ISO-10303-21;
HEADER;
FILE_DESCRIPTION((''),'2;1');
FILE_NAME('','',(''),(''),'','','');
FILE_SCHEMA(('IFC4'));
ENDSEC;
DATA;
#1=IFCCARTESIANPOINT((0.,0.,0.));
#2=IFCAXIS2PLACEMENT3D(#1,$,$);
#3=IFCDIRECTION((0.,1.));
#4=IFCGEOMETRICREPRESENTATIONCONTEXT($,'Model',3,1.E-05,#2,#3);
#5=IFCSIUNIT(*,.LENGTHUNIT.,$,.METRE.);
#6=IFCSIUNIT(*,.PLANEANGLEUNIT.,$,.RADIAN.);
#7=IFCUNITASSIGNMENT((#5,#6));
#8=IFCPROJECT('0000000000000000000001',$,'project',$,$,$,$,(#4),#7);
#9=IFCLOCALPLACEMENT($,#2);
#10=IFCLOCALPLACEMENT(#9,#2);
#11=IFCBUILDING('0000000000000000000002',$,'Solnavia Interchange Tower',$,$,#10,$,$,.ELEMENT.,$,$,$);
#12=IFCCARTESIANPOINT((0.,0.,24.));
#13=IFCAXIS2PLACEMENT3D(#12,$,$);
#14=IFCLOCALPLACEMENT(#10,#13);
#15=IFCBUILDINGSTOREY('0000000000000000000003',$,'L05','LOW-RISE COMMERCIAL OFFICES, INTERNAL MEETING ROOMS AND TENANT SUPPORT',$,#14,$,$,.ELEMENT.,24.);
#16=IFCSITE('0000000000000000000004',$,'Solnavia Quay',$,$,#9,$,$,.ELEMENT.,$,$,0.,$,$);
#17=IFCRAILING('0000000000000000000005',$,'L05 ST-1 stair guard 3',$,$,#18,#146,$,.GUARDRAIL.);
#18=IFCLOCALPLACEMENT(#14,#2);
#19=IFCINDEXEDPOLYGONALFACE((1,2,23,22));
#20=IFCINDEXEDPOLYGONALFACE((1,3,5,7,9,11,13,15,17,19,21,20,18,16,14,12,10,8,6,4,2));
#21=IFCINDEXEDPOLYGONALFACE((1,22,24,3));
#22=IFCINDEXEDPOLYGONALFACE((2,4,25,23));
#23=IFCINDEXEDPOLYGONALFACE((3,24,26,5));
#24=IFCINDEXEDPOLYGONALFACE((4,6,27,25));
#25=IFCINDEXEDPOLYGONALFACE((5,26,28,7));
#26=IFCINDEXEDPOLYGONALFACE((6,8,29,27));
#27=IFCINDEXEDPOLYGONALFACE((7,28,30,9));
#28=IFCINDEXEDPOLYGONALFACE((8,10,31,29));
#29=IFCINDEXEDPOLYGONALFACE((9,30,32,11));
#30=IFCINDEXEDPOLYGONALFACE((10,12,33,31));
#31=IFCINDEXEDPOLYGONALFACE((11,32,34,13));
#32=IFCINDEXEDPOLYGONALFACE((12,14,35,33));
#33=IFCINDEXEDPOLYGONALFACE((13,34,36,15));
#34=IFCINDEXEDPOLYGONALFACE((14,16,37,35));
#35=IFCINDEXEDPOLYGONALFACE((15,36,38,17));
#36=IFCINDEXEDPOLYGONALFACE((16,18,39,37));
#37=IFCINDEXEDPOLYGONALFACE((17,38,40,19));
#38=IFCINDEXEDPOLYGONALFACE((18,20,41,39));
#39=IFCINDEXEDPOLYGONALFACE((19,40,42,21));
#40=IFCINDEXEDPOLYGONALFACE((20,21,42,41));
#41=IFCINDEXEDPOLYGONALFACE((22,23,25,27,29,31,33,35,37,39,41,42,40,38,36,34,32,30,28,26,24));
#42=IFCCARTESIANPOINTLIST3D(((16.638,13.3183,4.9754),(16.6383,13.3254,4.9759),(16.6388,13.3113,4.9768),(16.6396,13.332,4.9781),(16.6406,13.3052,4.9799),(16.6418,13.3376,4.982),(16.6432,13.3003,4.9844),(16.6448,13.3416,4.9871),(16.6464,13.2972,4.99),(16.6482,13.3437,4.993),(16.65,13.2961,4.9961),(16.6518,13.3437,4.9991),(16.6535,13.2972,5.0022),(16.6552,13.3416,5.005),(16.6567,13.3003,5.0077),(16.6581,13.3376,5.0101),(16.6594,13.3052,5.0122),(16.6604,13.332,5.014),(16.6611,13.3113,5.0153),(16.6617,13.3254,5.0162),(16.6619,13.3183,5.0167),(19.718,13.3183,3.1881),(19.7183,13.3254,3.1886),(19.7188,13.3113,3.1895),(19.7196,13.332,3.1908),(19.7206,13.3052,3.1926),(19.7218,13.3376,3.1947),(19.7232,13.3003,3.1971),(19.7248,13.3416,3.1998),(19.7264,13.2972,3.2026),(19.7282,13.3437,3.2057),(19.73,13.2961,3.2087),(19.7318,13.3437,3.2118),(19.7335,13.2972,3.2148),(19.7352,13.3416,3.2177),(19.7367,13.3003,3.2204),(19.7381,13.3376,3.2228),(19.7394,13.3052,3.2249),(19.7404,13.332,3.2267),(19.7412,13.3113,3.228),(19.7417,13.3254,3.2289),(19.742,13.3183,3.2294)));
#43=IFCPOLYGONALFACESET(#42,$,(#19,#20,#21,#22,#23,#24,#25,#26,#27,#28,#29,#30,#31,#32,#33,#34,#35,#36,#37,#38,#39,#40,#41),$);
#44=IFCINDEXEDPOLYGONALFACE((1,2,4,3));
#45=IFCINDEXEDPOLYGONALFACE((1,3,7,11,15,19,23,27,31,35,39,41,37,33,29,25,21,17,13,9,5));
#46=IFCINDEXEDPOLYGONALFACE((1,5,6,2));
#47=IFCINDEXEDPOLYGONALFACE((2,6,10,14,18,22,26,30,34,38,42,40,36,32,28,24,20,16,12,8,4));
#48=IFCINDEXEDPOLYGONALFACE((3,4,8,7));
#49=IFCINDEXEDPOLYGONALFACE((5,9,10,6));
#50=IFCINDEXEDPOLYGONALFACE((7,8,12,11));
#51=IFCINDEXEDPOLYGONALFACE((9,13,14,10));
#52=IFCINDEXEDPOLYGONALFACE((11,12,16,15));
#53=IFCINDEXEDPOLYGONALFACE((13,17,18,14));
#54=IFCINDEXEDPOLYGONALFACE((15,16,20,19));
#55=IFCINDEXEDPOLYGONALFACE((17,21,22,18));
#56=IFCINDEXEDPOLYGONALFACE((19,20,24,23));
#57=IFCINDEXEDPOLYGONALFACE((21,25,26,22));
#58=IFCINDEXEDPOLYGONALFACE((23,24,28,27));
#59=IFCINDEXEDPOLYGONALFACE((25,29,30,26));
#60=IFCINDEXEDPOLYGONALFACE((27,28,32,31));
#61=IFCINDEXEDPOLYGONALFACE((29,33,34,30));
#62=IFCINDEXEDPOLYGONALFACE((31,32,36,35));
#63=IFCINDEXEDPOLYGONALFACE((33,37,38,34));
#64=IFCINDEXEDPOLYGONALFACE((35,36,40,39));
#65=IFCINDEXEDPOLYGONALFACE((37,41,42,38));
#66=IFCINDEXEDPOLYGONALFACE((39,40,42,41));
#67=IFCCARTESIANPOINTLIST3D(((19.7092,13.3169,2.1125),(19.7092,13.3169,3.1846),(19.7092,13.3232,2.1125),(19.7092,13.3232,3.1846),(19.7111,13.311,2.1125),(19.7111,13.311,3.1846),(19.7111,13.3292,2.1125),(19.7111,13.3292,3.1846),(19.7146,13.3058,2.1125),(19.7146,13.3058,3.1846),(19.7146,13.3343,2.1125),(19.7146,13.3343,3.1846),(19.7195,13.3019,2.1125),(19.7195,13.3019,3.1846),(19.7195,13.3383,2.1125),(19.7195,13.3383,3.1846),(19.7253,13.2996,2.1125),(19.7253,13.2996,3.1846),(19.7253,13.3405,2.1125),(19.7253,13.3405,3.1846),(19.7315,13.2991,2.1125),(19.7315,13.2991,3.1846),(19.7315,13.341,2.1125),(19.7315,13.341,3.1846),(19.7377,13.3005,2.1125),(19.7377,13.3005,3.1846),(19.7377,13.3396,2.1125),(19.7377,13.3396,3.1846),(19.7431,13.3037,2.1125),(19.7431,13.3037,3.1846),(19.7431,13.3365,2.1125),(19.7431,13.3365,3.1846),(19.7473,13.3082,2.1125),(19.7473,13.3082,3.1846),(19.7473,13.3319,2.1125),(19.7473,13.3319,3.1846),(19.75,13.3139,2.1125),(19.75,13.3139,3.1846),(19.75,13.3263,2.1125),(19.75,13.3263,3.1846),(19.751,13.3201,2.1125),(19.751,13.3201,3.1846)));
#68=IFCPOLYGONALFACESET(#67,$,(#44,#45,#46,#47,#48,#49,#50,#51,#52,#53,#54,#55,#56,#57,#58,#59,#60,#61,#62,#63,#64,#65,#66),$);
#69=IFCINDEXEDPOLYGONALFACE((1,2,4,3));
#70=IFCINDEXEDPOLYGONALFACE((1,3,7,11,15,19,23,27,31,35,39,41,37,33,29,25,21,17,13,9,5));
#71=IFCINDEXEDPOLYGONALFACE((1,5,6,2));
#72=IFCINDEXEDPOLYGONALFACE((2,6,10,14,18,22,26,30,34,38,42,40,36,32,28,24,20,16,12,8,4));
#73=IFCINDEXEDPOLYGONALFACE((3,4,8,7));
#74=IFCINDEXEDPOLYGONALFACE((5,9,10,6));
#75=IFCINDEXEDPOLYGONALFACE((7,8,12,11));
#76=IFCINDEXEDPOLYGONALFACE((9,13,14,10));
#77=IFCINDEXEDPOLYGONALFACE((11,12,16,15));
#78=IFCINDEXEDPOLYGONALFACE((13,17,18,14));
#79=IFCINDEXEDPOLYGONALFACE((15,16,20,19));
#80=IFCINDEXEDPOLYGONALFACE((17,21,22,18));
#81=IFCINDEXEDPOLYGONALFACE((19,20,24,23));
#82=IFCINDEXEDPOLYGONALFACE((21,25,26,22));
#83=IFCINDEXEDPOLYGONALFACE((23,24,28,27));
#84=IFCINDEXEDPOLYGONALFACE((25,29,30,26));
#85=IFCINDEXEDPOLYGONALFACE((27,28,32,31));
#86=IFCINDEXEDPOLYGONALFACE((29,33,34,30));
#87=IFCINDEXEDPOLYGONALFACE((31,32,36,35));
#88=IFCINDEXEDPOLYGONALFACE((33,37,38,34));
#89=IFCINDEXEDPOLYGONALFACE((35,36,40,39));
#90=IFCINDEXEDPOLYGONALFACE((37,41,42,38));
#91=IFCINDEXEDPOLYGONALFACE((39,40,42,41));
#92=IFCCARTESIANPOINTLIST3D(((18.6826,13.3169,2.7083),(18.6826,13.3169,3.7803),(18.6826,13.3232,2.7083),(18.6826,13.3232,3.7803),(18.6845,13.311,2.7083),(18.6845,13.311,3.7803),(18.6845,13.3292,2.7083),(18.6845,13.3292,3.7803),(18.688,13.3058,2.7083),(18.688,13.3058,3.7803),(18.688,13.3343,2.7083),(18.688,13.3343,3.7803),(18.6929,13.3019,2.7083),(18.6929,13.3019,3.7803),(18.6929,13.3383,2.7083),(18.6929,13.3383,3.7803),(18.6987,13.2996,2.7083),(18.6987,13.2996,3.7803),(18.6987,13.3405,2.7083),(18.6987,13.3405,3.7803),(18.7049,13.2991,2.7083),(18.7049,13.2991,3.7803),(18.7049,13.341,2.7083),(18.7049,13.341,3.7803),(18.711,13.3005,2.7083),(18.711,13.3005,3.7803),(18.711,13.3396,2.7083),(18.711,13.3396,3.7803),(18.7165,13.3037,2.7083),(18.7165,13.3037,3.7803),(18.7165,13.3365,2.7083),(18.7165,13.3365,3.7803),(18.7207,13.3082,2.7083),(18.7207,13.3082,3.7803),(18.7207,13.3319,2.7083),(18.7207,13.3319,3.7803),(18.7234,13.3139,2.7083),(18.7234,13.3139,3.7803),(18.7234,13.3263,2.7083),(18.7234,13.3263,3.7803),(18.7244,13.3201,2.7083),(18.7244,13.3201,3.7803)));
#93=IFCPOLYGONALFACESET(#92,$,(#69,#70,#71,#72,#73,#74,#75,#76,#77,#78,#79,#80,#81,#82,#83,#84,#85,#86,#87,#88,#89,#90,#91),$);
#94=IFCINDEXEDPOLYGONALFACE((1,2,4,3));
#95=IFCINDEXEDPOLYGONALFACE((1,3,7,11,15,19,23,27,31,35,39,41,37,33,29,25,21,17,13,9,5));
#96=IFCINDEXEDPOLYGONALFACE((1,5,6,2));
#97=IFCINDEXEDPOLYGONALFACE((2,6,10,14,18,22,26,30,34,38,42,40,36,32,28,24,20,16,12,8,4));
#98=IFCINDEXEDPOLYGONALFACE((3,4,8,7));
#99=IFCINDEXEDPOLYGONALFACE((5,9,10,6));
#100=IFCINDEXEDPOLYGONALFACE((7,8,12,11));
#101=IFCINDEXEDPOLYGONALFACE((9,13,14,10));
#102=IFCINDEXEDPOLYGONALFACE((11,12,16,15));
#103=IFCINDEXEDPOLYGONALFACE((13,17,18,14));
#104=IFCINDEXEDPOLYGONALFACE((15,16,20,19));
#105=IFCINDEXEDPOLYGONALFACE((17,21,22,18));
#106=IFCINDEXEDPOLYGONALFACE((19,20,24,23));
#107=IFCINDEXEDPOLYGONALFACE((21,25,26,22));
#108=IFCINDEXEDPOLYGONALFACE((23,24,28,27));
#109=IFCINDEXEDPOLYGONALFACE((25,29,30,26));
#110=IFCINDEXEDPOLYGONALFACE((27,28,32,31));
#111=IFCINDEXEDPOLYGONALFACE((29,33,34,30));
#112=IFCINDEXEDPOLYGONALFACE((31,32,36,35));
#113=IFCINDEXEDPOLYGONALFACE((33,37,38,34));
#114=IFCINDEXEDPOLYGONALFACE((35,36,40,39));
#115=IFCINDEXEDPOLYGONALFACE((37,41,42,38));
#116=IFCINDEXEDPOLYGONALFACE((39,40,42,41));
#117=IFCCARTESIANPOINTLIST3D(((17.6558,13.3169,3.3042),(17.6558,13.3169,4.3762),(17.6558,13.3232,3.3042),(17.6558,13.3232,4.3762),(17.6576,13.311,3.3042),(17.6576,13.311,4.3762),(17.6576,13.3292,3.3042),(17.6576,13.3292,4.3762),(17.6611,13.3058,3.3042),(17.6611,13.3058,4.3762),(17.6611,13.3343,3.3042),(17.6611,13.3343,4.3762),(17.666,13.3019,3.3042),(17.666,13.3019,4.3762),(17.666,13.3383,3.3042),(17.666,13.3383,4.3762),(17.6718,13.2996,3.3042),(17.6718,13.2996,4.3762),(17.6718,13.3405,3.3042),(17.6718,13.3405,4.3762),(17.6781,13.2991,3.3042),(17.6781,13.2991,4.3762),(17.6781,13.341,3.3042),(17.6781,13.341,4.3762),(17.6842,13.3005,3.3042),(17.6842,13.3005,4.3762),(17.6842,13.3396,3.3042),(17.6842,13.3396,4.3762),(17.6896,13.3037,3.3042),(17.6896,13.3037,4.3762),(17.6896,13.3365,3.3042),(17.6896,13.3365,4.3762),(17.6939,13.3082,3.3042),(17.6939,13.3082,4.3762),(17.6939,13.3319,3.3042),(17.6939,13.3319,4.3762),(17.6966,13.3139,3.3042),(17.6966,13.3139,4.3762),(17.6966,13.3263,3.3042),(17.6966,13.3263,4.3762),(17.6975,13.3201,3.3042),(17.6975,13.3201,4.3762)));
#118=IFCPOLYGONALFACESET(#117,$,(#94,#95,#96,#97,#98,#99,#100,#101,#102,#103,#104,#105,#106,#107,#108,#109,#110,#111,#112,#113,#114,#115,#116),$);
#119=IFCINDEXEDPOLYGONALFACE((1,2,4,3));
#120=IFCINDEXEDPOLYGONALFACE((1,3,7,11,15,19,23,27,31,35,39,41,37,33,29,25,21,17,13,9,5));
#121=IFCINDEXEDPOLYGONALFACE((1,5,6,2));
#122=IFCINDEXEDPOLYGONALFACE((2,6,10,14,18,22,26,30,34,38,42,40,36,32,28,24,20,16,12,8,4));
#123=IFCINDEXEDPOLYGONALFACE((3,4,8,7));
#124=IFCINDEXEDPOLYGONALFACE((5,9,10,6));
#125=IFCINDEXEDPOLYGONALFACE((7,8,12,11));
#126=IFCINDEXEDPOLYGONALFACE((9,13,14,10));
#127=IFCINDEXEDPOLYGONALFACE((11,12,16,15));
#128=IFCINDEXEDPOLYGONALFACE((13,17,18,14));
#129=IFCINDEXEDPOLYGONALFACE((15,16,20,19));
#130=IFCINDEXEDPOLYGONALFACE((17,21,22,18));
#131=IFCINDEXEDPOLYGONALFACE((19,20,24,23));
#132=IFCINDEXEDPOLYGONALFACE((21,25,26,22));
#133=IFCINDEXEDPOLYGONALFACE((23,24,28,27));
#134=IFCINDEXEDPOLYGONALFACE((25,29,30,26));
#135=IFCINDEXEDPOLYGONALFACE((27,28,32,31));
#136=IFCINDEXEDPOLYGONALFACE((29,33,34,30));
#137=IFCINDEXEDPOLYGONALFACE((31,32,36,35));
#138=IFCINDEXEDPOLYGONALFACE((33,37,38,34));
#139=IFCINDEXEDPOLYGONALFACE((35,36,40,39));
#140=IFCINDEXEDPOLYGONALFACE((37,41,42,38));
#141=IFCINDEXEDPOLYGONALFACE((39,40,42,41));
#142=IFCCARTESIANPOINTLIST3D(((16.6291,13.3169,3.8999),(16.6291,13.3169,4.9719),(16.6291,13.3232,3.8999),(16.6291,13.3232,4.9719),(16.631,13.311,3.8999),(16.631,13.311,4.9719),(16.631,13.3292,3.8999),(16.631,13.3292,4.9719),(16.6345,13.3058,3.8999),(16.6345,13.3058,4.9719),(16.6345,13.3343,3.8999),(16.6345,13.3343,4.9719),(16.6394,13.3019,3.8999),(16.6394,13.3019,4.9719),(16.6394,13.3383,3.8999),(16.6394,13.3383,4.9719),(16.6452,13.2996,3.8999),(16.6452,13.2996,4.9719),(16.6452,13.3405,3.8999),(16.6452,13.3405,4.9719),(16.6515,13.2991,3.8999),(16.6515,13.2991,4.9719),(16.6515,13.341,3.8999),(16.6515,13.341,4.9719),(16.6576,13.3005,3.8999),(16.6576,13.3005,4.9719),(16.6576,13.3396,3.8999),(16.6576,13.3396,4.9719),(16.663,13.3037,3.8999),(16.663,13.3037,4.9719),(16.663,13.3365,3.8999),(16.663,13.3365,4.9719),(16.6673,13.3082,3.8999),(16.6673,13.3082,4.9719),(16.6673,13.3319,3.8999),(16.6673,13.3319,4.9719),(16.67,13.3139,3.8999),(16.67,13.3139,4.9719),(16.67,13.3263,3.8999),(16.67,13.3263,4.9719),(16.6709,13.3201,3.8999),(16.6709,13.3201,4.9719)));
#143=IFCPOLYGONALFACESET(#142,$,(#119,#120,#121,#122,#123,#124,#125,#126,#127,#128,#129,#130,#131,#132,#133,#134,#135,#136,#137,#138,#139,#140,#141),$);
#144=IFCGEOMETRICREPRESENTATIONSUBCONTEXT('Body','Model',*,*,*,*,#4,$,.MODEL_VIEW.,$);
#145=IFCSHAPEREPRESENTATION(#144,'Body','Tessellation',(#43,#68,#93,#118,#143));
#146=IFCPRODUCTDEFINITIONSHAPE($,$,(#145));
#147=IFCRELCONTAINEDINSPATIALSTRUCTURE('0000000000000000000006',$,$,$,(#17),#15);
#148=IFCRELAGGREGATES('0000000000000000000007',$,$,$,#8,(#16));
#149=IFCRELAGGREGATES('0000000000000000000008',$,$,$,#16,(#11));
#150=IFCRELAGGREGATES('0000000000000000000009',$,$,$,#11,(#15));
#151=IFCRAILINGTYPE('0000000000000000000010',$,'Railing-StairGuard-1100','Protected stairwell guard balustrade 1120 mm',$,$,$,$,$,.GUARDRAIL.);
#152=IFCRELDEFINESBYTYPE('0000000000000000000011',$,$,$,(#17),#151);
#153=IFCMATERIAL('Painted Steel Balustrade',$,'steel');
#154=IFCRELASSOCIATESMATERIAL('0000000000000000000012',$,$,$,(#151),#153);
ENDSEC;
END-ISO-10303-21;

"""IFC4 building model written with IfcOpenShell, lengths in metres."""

from ifc_helpers import new_model, si_unit, direction, frame, origin, origin_2d, place, context, subcontext, project, spatial, circle, extrude, material, type_object, element, save


model = new_model("IFC4")

# Units and contexts
model_context = context("Model", 3, precision=1e-05, world=origin(), true_north=direction((0.0, 1.0)))
body_context = subcontext(model_context, "Body", "Model", "MODEL_VIEW")
ifc_project = project(units=[si_unit("LENGTHUNIT", "METRE"), si_unit("PLANEANGLEUNIT", "RADIAN")], contexts=[model_context])

# Site, building, storey
site_placement = place(None, origin())
site = spatial("IfcSite", under=ifc_project, at=site_placement, Name="Solnavia Quay", CompositionType="ELEMENT", RefElevation=0.0)
building_placement = place(site_placement, origin())
building = spatial("IfcBuilding", under=site, at=building_placement, Name="Solnavia Interchange Tower", CompositionType="ELEMENT")
storey_placement = place(building_placement, frame((0.0, 0.0, 24.0)))
storey = spatial("IfcBuildingStorey", under=building, at=storey_placement, Name="L05", Description="LOW-RISE COMMERCIAL OFFICES, INTERNAL MEETING ROOMS AND TENANT SUPPORT", CompositionType="ELEMENT", Elevation=24.0)

# Railing
ifc_material_1 = material(Name="Painted Steel Balustrade", Category="steel")
railing_type_1 = type_object("IfcRailingType", Name="Railing-StairGuard-1100", Description="Protected stairwell guard balustrade 1120 mm", PredefinedType="GUARDRAIL", material=ifc_material_1)
railing_1_placement = place(storey_placement, frame((19.73, 13.3201, 2.1125)))
element("IfcRailing", 1, at=railing_1_placement, inside=storey, type_object=railing_type_1, Name="L05 ST-1 stair guard 3", PredefinedType="GUARDRAIL", context=body_context, shape_type="SweptSolid", body=[
    extrude(circle(Radius=0.0239, at=origin_2d()), frame((0.0, 0.0, 1.0962), z_axis=(-0.86492, 0.0, 0.501909), x_axis=(0.0, -1.0, 0.0)), (0.0, 0.0, 1.0), 3.561),
    extrude(circle(Radius=0.021, at=origin_2d()), origin(), (0.0, 0.0, 1.0), 1.072),
    extrude(circle(Radius=0.021, at=origin_2d()), frame((-1.0266, 0.0, 0.5957)), (0.0, 0.0, 1.0), 1.072),
    extrude(circle(Radius=0.021, at=origin_2d()), frame((-2.0535, 0.0, 1.1917)), (0.0, 0.0, 1.0), 1.072),
    extrude(circle(Radius=0.021, at=origin_2d()), frame((-3.0801, 0.0, 1.7874)), (0.0, 0.0, 1.0), 1.072),
])

save(model, "model.ifc")
